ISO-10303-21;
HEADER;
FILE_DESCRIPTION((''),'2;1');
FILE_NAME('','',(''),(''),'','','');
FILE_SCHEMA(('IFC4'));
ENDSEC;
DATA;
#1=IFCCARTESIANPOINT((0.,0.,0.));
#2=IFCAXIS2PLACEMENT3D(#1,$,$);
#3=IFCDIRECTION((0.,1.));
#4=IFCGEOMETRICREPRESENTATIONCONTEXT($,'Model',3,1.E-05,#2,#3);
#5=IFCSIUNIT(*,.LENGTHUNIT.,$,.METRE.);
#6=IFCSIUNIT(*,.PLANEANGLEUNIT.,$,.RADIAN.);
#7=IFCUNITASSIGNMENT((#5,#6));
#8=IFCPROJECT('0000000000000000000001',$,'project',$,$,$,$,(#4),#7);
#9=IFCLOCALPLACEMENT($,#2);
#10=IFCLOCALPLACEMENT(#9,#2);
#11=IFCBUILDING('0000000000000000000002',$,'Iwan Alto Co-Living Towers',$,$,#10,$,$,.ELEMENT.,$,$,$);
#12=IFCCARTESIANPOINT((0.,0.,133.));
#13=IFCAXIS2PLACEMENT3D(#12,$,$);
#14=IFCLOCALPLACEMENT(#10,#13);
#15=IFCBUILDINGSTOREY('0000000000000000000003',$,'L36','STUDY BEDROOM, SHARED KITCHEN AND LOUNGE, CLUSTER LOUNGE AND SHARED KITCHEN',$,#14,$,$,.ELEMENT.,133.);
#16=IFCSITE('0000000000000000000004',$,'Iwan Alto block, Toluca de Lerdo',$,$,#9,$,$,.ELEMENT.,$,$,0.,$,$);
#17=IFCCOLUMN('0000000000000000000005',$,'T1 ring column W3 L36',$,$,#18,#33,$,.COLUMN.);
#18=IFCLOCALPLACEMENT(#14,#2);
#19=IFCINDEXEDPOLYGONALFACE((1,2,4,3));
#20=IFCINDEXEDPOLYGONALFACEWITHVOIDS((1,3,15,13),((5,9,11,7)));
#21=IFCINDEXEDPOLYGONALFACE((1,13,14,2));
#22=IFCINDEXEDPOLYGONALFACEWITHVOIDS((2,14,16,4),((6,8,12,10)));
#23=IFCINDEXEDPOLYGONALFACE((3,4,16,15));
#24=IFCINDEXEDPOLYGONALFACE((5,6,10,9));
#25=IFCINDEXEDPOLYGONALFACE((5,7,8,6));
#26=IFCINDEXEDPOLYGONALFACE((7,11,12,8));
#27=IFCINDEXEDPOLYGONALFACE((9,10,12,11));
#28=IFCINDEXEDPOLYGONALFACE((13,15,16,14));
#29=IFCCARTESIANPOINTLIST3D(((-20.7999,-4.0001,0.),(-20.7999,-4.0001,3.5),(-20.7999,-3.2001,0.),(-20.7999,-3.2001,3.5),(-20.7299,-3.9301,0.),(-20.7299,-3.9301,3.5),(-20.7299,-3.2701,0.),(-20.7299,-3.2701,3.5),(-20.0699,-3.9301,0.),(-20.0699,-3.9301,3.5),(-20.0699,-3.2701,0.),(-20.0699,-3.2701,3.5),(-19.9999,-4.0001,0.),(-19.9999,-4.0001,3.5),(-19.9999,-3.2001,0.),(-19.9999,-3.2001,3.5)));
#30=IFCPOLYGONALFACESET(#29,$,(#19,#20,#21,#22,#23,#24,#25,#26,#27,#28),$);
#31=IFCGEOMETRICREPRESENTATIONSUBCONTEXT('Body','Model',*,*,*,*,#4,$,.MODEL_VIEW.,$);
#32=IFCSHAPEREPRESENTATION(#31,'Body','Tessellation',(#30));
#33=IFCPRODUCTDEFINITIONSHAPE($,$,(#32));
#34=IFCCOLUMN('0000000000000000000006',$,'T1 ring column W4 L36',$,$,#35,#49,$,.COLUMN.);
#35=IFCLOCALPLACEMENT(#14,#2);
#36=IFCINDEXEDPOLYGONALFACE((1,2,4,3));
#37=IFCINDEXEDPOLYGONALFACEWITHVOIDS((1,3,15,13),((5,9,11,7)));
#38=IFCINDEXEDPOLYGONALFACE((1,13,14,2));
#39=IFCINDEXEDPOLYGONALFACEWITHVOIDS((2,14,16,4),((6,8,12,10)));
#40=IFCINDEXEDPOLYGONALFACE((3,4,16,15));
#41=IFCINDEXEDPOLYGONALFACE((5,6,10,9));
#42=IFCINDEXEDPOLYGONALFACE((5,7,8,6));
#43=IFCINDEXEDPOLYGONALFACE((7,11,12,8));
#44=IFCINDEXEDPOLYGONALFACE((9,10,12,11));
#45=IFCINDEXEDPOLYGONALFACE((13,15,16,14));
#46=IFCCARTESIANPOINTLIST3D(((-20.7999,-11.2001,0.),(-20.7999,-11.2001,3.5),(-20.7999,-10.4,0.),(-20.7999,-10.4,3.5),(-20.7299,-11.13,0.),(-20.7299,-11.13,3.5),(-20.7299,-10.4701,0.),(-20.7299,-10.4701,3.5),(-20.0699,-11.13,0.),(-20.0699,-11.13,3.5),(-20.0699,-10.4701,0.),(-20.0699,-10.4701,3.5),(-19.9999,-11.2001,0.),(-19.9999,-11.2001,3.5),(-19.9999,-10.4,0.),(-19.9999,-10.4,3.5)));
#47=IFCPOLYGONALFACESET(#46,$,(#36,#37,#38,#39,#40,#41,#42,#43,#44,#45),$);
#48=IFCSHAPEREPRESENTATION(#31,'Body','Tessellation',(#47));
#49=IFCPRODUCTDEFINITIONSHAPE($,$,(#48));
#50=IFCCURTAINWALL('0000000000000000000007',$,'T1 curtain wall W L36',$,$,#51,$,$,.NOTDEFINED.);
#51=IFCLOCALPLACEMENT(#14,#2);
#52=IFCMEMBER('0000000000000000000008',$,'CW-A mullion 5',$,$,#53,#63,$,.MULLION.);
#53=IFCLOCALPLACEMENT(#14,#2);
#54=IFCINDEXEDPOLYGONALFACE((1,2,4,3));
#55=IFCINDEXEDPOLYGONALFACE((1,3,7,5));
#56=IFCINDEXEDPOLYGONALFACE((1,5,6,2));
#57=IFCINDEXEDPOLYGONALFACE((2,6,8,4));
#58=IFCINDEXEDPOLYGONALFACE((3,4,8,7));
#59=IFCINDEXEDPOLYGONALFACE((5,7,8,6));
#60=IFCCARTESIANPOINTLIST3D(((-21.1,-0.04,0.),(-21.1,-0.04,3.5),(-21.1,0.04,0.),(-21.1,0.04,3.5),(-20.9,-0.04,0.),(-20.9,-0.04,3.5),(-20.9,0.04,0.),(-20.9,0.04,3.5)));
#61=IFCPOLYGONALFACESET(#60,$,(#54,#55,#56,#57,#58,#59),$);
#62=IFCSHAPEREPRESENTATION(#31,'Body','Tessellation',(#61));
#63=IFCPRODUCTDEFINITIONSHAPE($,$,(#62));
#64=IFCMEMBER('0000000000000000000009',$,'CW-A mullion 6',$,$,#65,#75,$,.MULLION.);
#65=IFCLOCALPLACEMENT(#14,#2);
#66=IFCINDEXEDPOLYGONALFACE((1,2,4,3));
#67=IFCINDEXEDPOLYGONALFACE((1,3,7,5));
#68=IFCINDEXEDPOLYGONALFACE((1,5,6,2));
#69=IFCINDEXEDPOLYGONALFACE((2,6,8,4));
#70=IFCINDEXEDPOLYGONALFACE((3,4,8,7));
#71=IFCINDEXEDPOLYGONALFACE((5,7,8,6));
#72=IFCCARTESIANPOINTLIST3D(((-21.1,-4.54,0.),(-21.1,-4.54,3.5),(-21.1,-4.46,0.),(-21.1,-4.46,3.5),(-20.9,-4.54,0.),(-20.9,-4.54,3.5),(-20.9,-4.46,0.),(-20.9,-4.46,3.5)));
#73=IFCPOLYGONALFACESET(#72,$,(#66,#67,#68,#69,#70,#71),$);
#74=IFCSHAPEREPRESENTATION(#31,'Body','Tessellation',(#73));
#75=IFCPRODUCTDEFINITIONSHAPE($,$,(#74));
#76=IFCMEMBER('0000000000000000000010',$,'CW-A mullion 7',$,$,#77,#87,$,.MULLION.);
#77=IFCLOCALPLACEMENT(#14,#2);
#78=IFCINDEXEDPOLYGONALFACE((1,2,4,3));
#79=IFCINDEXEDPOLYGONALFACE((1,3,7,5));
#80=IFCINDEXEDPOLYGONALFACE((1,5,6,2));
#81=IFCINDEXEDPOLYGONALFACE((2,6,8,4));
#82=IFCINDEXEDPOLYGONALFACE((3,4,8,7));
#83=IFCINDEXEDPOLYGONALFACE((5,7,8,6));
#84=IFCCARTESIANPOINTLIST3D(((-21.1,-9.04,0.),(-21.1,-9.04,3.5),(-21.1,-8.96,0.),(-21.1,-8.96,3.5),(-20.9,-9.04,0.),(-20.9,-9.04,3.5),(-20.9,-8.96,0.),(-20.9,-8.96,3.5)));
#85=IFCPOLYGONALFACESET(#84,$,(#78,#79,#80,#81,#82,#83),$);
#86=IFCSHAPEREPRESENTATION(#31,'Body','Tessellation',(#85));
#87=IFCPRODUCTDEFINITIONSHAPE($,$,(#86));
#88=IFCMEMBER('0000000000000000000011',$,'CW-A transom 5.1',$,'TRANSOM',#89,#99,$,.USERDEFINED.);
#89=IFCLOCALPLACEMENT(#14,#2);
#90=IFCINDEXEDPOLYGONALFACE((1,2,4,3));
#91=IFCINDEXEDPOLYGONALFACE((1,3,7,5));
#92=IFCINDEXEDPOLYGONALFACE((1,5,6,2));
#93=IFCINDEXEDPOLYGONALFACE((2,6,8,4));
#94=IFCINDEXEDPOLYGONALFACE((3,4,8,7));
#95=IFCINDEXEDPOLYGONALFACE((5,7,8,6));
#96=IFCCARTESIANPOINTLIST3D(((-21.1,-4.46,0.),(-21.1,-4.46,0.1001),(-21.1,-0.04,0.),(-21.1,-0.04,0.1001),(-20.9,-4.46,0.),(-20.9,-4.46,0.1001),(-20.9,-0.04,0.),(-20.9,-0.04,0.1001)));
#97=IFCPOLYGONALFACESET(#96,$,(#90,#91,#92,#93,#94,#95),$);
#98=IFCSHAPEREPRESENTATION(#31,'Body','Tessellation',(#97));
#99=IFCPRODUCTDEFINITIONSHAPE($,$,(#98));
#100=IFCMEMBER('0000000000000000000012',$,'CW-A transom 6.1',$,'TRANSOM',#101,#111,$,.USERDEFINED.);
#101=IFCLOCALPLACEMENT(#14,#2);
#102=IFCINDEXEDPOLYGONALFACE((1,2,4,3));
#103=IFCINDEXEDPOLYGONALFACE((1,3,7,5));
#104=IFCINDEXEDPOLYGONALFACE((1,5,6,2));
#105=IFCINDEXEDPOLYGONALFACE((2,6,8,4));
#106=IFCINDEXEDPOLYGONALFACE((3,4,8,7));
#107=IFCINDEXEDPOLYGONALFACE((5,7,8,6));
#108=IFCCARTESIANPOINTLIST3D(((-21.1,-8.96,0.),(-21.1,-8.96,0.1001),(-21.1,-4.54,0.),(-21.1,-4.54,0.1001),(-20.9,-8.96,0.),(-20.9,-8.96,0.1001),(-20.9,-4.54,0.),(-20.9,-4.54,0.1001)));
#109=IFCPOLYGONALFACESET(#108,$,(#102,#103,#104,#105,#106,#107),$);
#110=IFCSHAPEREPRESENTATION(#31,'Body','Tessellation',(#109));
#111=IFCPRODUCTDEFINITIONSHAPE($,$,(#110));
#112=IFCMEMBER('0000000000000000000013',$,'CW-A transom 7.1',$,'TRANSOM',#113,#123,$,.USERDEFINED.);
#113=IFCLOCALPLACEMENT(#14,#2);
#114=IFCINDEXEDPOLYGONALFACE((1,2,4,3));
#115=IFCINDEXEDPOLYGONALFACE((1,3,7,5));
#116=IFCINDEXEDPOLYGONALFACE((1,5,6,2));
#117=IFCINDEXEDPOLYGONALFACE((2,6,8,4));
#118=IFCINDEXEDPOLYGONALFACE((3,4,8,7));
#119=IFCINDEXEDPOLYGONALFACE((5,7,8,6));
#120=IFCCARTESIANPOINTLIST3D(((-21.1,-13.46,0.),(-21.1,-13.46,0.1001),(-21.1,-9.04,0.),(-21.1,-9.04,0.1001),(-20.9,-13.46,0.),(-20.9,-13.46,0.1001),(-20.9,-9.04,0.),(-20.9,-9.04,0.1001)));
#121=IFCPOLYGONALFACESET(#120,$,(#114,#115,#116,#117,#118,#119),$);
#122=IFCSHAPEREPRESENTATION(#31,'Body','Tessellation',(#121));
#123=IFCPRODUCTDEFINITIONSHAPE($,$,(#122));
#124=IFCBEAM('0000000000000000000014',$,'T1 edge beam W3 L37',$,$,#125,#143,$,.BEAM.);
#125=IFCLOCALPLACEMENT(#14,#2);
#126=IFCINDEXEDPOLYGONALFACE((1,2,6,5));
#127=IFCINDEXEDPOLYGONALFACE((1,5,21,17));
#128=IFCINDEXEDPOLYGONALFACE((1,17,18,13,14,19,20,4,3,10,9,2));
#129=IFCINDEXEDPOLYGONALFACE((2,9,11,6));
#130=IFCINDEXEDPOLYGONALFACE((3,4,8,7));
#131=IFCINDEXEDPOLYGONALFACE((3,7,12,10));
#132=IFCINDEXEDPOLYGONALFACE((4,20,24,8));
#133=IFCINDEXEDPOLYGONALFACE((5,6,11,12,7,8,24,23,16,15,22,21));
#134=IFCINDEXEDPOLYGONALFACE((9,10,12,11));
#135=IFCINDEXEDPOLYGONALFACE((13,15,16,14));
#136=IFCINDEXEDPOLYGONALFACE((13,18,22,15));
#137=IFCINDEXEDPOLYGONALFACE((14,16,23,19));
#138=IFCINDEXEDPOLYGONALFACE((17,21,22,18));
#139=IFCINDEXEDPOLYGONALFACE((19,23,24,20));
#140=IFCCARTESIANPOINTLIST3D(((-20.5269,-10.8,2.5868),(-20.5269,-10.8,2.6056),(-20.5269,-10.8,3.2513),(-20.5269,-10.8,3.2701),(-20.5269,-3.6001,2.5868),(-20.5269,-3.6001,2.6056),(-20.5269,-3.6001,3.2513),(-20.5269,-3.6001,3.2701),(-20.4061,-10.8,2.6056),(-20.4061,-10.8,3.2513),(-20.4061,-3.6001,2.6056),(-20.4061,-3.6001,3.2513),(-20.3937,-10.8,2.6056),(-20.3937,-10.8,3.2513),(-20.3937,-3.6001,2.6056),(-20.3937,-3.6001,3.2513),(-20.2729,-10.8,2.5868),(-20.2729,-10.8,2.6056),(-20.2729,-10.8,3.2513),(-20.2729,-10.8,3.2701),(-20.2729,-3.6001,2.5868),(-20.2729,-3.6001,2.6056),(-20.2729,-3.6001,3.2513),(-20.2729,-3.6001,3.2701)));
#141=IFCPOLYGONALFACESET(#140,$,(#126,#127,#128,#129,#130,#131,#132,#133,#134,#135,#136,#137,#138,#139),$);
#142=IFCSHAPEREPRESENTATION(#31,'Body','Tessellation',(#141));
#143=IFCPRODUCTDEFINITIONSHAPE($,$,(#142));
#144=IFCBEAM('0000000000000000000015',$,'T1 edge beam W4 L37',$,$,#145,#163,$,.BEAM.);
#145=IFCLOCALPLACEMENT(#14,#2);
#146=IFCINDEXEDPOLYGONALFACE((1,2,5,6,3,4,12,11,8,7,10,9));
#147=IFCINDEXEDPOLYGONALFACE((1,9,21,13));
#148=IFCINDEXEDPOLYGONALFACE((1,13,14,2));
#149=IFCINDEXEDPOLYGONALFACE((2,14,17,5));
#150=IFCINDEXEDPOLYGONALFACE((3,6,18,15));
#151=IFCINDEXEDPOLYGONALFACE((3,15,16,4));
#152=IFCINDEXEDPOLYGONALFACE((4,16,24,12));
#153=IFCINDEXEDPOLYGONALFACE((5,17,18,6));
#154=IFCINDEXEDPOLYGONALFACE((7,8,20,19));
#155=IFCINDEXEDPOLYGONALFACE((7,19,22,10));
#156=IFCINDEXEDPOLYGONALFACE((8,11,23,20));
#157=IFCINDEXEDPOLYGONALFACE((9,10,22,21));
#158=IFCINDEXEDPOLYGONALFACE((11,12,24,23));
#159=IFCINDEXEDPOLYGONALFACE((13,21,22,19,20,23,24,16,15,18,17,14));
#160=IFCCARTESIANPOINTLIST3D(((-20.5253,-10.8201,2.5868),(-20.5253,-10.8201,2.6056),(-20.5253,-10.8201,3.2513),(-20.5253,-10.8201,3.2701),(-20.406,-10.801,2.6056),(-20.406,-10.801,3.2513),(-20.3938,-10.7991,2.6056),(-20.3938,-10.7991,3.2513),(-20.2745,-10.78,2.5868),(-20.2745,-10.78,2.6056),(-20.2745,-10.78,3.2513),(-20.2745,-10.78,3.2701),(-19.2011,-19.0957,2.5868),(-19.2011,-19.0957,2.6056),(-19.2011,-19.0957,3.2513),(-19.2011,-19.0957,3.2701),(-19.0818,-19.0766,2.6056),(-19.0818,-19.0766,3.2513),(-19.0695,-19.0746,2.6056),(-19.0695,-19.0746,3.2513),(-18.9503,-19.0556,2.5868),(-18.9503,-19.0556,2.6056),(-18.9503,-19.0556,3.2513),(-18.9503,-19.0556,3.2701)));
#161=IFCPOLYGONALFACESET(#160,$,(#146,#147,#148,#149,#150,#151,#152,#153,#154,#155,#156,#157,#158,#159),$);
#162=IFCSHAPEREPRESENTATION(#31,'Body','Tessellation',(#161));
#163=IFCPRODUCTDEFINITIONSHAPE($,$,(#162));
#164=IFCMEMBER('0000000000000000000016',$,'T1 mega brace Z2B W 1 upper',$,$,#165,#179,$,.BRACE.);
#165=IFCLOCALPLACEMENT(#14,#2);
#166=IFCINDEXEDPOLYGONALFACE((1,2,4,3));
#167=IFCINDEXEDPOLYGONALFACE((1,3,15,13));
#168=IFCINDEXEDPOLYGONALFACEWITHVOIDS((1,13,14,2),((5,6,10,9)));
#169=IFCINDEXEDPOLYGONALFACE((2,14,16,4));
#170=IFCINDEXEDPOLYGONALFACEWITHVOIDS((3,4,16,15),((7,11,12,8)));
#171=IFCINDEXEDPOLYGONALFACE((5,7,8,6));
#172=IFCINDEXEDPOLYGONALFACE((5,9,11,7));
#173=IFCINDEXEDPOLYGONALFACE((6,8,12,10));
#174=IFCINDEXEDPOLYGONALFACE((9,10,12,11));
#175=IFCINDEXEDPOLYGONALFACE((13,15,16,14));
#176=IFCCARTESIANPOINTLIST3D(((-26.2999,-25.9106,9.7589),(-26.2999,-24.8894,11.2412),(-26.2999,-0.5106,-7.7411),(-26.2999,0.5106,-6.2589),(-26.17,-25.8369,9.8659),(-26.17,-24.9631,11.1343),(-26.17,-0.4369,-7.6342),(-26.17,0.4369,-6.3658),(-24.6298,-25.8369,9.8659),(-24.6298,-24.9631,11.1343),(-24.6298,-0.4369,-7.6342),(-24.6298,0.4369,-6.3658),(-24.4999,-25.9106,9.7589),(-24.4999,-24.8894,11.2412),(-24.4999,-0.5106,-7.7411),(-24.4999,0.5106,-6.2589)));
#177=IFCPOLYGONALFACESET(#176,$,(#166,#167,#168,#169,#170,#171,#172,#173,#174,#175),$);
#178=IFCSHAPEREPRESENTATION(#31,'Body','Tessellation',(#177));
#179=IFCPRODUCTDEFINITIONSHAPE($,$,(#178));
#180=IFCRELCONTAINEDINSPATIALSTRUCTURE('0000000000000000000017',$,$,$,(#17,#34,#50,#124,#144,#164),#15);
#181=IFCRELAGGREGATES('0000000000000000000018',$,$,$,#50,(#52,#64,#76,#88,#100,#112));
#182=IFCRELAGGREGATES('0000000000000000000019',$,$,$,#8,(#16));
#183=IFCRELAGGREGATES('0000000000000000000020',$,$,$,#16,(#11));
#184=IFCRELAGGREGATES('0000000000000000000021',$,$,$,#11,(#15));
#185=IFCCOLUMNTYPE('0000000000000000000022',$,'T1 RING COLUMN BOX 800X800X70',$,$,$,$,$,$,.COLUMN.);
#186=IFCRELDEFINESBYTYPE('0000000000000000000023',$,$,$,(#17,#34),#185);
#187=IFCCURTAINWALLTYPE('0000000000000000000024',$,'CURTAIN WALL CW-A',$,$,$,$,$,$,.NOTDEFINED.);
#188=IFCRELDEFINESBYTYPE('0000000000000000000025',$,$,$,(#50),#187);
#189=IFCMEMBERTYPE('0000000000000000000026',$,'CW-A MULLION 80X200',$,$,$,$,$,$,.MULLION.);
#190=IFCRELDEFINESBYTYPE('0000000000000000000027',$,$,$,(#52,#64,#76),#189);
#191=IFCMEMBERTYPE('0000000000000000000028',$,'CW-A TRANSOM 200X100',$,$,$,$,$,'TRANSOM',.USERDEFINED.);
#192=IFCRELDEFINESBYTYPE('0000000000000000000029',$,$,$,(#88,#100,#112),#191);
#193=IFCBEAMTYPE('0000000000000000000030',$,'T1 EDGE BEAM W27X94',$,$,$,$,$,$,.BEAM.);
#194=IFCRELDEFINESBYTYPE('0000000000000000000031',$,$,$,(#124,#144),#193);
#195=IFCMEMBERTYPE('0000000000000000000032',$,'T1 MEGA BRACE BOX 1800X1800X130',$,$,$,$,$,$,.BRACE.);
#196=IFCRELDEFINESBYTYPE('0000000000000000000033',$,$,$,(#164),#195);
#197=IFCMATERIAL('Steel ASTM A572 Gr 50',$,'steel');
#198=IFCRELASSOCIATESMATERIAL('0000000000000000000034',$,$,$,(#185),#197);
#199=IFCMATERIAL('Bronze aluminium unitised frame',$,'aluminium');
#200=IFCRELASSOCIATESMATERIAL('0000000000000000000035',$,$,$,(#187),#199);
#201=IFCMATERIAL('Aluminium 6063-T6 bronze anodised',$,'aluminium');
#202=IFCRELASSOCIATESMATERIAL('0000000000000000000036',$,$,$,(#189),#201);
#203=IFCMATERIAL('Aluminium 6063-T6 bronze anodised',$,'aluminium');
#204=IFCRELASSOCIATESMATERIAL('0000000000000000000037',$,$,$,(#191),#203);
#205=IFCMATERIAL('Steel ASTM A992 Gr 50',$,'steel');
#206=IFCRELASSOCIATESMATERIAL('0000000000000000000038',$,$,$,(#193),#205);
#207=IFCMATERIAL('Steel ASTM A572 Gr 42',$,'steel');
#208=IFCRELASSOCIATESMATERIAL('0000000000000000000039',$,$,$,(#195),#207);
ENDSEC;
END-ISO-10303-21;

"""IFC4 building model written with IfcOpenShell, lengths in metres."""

from ifc_helpers import new_model, si_unit, direction, frame, origin, origin_2d, place, context, subcontext, project, spatial, rectangle, hollow_rectangle, i_section, extrude, material, material_profile, profile_set, type_object, element, aggregate, save


model = new_model("IFC4")

# Units and contexts
model_context = context("Model", 3, precision=1e-05, world=origin(), true_north=direction((0.0, 1.0)))
body_context = subcontext(model_context, "Body", "Model", "MODEL_VIEW")
ifc_project = project(units=[si_unit("LENGTHUNIT", "METRE"), si_unit("PLANEANGLEUNIT", "RADIAN")], contexts=[model_context])

# Site, building, storey
site_placement = place(None, origin())
site = spatial("IfcSite", under=ifc_project, at=site_placement, Name="Iwan Alto block, Toluca de Lerdo", CompositionType="ELEMENT", RefElevation=0.0)
building_placement = place(site_placement, origin())
building = spatial("IfcBuilding", under=site, at=building_placement, Name="Iwan Alto Co-Living Towers", CompositionType="ELEMENT")
storey_placement = place(building_placement, frame((0.0, 0.0, 133.0)))
storey = spatial("IfcBuildingStorey", under=building, at=storey_placement, Name="L36", Description="STUDY BEDROOM, SHARED KITCHEN AND LOUNGE, CLUSTER LOUNGE AND SHARED KITCHEN", CompositionType="ELEMENT", Elevation=133.0)

# Columns
ifc_material_1 = material(Name="Steel ASTM A572 Gr 50", Category="steel")
ifc_material_profile_1 = material_profile(ifc_material_1, hollow_rectangle(XDim=0.8, YDim=0.8, WallThickness=0.0701, at=origin_2d()), Name="BOX 800X800X70")
ifc_profile_set_1 = profile_set([ifc_material_profile_1], Name="Steel ASTM A572 Gr 50")
column_type = type_object("IfcColumnType", Name="T1 RING COLUMN BOX 800X800X70", PredefinedType="COLUMN", material=ifc_profile_set_1)
for number, where, z_axis, x_axis, name in (
    (1, (-20.3999, -3.6001, 0.0), (0.0, 0.0, 1.0), (1.0, 0.0, 0.0), "T1 ring column W3 L36"),
    (2, (-20.3999, -10.8, 0.0), (0.0, 0.0, 1.0), (1.0, 0.0, 0.0), "T1 ring column W4 L36"),
):
    element("IfcColumn", number, at=place(storey_placement, frame(where, z_axis=z_axis, x_axis=x_axis)), inside=storey, type_object=column_type, Name=name, PredefinedType="COLUMN", context=body_context, shape_type="SweptSolid", body=[
        extrude(hollow_rectangle(XDim=0.8, YDim=0.8, WallThickness=0.0701, at=origin_2d()), origin(), (0.0, 0.0, 1.0), 3.5),
    ])

# Curtain wall, members
ifc_material_2 = material(Name="Bronze aluminium unitised frame", Category="aluminium")
curtain_wall_type = type_object("IfcCurtainWallType", Name="CURTAIN WALL CW-A", PredefinedType="NOTDEFINED", material=ifc_material_2)
curtain_wall_placement = place(storey_placement, origin())
curtain_wall = element("IfcCurtainWall", 3, at=curtain_wall_placement, inside=storey, type_object=curtain_wall_type, Name="T1 curtain wall W L36", PredefinedType="NOTDEFINED")
ifc_material_3 = material(Name="Aluminium 6063-T6 bronze anodised", Category="aluminium")
ifc_material_profile_2 = material_profile(ifc_material_3, rectangle(XDim=0.2, YDim=0.0801, at=origin_2d()), Name="AL 80X200")
ifc_profile_set_2 = profile_set([ifc_material_profile_2], Name="Aluminium 6063-T6 bronze anodised")
member_type_1 = type_object("IfcMemberType", Name="CW-A MULLION 80X200", PredefinedType="MULLION", material=ifc_profile_set_2)
member_1_placement = place(storey_placement, frame((-21.0, 0.0, 0.0), z_axis=(0.0, 0.0, 1.0), x_axis=(1.0, 0.0, 0.0)))
member_1 = element("IfcMember", 4, at=member_1_placement, type_object=member_type_1, Name="CW-A mullion 5", PredefinedType="MULLION", context=body_context, shape_type="SweptSolid", body=[
    extrude(rectangle(XDim=0.2, YDim=0.0801, at=origin_2d()), origin(), (0.0, 0.0, 1.0), 3.5),
])
member_2_placement = place(storey_placement, frame((-21.0, -4.5, 0.0), z_axis=(0.0, 0.0, 1.0), x_axis=(1.0, 0.0, 0.0)))
member_2 = element("IfcMember", 5, at=member_2_placement, type_object=member_type_1, Name="CW-A mullion 6", PredefinedType="MULLION", context=body_context, shape_type="SweptSolid", body=[
    extrude(rectangle(XDim=0.2, YDim=0.0801, at=origin_2d()), origin(), (0.0, 0.0, 1.0), 3.5),
])
member_3_placement = place(storey_placement, frame((-21.0, -9.0, 0.0), z_axis=(0.0, 0.0, 1.0), x_axis=(1.0, 0.0, 0.0)))
member_3 = element("IfcMember", 6, at=member_3_placement, type_object=member_type_1, Name="CW-A mullion 7", PredefinedType="MULLION", context=body_context, shape_type="SweptSolid", body=[
    extrude(rectangle(XDim=0.2, YDim=0.0801, at=origin_2d()), origin(), (0.0, 0.0, 1.0), 3.5),
])
ifc_material_4 = material(Name="Aluminium 6063-T6 bronze anodised", Category="aluminium")
ifc_material_profile_3 = material_profile(ifc_material_4, rectangle(XDim=0.2, YDim=0.1001, at=origin_2d()), Name="AL 200X100")
ifc_profile_set_3 = profile_set([ifc_material_profile_3], Name="Aluminium 6063-T6 bronze anodised")
member_type_2 = type_object("IfcMemberType", Name="CW-A TRANSOM 200X100", ElementType="TRANSOM", PredefinedType="USERDEFINED", material=ifc_profile_set_3)
member_4_placement = place(storey_placement, frame((-21.0, -0.04, 0.05), z_axis=(0.0, -1.0, 0.0), x_axis=(1.0, 0.0, 0.0)))
member_4 = element("IfcMember", 7, at=member_4_placement, type_object=member_type_2, Name="CW-A transom 5.1", ObjectType="TRANSOM", PredefinedType="USERDEFINED", context=body_context, shape_type="SweptSolid", body=[
    extrude(rectangle(XDim=0.2, YDim=0.1001, at=origin_2d()), origin(), (0.0, 0.0, 1.0), 4.4199),
])
member_5_placement = place(storey_placement, frame((-21.0, -4.54, 0.05), z_axis=(0.0, -1.0, 0.0), x_axis=(1.0, 0.0, 0.0)))
member_5 = element("IfcMember", 8, at=member_5_placement, type_object=member_type_2, Name="CW-A transom 6.1", ObjectType="TRANSOM", PredefinedType="USERDEFINED", context=body_context, shape_type="SweptSolid", body=[
    extrude(rectangle(XDim=0.2, YDim=0.1001, at=origin_2d()), origin(), (0.0, 0.0, 1.0), 4.4199),
])
member_6_placement = place(storey_placement, frame((-21.0, -9.04, 0.05), z_axis=(0.0, -1.0, 0.0), x_axis=(1.0, 0.0, 0.0)))
member_6 = element("IfcMember", 9, at=member_6_placement, type_object=member_type_2, Name="CW-A transom 7.1", ObjectType="TRANSOM", PredefinedType="USERDEFINED", context=body_context, shape_type="SweptSolid", body=[
    extrude(rectangle(XDim=0.2, YDim=0.1001, at=origin_2d()), origin(), (0.0, 0.0, 1.0), 4.4199),
])

# Beams
ifc_material_5 = material(Name="Steel ASTM A992 Gr 50", Category="steel")
ifc_material_profile_4 = material_profile(ifc_material_5, i_section(OverallWidth=0.2539, OverallDepth=0.6833, WebThickness=0.0125, FlangeThickness=0.0188, at=origin_2d()), Name="W27X94")
ifc_profile_set_4 = profile_set([ifc_material_profile_4], Name="Steel ASTM A992 Gr 50")
beam_type_1 = type_object("IfcBeamType", Name="T1 EDGE BEAM W27X94", PredefinedType="BEAM", material=ifc_profile_set_4)
beam_1_placement = place(storey_placement, frame((-20.3999, -3.6001, 2.9285), z_axis=(0.0, -1.0, 0.0), x_axis=(1.0, 0.0, 0.0)))
element("IfcBeam", 10, at=beam_1_placement, inside=storey, type_object=beam_type_1, Name="T1 edge beam W3 L37", PredefinedType="BEAM", context=body_context, shape_type="SweptSolid", body=[
    extrude(i_section(OverallWidth=0.2539, OverallDepth=0.6833, WebThickness=0.0125, FlangeThickness=0.0188, at=origin_2d()), origin(), (0.0, 0.0, 1.0), 7.2),
])
beam_2_placement = place(storey_placement, frame((-20.3999, -10.8, 2.9285), z_axis=(0.158004, -0.987438, 0.0), x_axis=(0.987438, 0.158004, 0.0)))
element("IfcBeam", 11, at=beam_2_placement, inside=storey, type_object=beam_type_1, Name="T1 edge beam W4 L37", PredefinedType="BEAM", context=body_context, shape_type="SweptSolid", body=[
    extrude(i_section(OverallWidth=0.2539, OverallDepth=0.6833, WebThickness=0.0125, FlangeThickness=0.0188, at=origin_2d()), origin(), (0.0, 0.0, 1.0), 8.3809),
])

# Member
ifc_material_6 = material(Name="Steel ASTM A572 Gr 42", Category="steel")
ifc_material_profile_5 = material_profile(ifc_material_6, hollow_rectangle(XDim=1.8, YDim=1.8, WallThickness=0.1299, at=origin_2d()), Name="BOX 1800X1800X130")
ifc_profile_set_5 = profile_set([ifc_material_profile_5], Name="Steel ASTM A572 Gr 42")
member_type_3 = type_object("IfcMemberType", Name="T1 MEGA BRACE BOX 1800X1800X130", PredefinedType="BRACE", material=ifc_profile_set_5)
for number, where, z_axis, x_axis, name in (
    (12, (-25.3999, 0.0, -7.0), (0.0, -0.823473, 0.567356), (1.0, 0.0, 0.0), "T1 mega brace Z2B W 1 upper"),
):
    element("IfcMember", number, at=place(storey_placement, frame(where, z_axis=z_axis, x_axis=x_axis)), inside=storey, type_object=member_type_3, Name=name, PredefinedType="BRACE", context=body_context, shape_type="SweptSolid", body=[
        extrude(hollow_rectangle(XDim=1.8, YDim=1.8, WallThickness=0.1299, at=origin_2d()), origin(), (0.0, 0.0, 1.0), 30.845),
    ])

aggregate(curtain_wall, [member_1, member_2, member_3, member_4, member_5, member_6])

save(model, "model.ifc")
